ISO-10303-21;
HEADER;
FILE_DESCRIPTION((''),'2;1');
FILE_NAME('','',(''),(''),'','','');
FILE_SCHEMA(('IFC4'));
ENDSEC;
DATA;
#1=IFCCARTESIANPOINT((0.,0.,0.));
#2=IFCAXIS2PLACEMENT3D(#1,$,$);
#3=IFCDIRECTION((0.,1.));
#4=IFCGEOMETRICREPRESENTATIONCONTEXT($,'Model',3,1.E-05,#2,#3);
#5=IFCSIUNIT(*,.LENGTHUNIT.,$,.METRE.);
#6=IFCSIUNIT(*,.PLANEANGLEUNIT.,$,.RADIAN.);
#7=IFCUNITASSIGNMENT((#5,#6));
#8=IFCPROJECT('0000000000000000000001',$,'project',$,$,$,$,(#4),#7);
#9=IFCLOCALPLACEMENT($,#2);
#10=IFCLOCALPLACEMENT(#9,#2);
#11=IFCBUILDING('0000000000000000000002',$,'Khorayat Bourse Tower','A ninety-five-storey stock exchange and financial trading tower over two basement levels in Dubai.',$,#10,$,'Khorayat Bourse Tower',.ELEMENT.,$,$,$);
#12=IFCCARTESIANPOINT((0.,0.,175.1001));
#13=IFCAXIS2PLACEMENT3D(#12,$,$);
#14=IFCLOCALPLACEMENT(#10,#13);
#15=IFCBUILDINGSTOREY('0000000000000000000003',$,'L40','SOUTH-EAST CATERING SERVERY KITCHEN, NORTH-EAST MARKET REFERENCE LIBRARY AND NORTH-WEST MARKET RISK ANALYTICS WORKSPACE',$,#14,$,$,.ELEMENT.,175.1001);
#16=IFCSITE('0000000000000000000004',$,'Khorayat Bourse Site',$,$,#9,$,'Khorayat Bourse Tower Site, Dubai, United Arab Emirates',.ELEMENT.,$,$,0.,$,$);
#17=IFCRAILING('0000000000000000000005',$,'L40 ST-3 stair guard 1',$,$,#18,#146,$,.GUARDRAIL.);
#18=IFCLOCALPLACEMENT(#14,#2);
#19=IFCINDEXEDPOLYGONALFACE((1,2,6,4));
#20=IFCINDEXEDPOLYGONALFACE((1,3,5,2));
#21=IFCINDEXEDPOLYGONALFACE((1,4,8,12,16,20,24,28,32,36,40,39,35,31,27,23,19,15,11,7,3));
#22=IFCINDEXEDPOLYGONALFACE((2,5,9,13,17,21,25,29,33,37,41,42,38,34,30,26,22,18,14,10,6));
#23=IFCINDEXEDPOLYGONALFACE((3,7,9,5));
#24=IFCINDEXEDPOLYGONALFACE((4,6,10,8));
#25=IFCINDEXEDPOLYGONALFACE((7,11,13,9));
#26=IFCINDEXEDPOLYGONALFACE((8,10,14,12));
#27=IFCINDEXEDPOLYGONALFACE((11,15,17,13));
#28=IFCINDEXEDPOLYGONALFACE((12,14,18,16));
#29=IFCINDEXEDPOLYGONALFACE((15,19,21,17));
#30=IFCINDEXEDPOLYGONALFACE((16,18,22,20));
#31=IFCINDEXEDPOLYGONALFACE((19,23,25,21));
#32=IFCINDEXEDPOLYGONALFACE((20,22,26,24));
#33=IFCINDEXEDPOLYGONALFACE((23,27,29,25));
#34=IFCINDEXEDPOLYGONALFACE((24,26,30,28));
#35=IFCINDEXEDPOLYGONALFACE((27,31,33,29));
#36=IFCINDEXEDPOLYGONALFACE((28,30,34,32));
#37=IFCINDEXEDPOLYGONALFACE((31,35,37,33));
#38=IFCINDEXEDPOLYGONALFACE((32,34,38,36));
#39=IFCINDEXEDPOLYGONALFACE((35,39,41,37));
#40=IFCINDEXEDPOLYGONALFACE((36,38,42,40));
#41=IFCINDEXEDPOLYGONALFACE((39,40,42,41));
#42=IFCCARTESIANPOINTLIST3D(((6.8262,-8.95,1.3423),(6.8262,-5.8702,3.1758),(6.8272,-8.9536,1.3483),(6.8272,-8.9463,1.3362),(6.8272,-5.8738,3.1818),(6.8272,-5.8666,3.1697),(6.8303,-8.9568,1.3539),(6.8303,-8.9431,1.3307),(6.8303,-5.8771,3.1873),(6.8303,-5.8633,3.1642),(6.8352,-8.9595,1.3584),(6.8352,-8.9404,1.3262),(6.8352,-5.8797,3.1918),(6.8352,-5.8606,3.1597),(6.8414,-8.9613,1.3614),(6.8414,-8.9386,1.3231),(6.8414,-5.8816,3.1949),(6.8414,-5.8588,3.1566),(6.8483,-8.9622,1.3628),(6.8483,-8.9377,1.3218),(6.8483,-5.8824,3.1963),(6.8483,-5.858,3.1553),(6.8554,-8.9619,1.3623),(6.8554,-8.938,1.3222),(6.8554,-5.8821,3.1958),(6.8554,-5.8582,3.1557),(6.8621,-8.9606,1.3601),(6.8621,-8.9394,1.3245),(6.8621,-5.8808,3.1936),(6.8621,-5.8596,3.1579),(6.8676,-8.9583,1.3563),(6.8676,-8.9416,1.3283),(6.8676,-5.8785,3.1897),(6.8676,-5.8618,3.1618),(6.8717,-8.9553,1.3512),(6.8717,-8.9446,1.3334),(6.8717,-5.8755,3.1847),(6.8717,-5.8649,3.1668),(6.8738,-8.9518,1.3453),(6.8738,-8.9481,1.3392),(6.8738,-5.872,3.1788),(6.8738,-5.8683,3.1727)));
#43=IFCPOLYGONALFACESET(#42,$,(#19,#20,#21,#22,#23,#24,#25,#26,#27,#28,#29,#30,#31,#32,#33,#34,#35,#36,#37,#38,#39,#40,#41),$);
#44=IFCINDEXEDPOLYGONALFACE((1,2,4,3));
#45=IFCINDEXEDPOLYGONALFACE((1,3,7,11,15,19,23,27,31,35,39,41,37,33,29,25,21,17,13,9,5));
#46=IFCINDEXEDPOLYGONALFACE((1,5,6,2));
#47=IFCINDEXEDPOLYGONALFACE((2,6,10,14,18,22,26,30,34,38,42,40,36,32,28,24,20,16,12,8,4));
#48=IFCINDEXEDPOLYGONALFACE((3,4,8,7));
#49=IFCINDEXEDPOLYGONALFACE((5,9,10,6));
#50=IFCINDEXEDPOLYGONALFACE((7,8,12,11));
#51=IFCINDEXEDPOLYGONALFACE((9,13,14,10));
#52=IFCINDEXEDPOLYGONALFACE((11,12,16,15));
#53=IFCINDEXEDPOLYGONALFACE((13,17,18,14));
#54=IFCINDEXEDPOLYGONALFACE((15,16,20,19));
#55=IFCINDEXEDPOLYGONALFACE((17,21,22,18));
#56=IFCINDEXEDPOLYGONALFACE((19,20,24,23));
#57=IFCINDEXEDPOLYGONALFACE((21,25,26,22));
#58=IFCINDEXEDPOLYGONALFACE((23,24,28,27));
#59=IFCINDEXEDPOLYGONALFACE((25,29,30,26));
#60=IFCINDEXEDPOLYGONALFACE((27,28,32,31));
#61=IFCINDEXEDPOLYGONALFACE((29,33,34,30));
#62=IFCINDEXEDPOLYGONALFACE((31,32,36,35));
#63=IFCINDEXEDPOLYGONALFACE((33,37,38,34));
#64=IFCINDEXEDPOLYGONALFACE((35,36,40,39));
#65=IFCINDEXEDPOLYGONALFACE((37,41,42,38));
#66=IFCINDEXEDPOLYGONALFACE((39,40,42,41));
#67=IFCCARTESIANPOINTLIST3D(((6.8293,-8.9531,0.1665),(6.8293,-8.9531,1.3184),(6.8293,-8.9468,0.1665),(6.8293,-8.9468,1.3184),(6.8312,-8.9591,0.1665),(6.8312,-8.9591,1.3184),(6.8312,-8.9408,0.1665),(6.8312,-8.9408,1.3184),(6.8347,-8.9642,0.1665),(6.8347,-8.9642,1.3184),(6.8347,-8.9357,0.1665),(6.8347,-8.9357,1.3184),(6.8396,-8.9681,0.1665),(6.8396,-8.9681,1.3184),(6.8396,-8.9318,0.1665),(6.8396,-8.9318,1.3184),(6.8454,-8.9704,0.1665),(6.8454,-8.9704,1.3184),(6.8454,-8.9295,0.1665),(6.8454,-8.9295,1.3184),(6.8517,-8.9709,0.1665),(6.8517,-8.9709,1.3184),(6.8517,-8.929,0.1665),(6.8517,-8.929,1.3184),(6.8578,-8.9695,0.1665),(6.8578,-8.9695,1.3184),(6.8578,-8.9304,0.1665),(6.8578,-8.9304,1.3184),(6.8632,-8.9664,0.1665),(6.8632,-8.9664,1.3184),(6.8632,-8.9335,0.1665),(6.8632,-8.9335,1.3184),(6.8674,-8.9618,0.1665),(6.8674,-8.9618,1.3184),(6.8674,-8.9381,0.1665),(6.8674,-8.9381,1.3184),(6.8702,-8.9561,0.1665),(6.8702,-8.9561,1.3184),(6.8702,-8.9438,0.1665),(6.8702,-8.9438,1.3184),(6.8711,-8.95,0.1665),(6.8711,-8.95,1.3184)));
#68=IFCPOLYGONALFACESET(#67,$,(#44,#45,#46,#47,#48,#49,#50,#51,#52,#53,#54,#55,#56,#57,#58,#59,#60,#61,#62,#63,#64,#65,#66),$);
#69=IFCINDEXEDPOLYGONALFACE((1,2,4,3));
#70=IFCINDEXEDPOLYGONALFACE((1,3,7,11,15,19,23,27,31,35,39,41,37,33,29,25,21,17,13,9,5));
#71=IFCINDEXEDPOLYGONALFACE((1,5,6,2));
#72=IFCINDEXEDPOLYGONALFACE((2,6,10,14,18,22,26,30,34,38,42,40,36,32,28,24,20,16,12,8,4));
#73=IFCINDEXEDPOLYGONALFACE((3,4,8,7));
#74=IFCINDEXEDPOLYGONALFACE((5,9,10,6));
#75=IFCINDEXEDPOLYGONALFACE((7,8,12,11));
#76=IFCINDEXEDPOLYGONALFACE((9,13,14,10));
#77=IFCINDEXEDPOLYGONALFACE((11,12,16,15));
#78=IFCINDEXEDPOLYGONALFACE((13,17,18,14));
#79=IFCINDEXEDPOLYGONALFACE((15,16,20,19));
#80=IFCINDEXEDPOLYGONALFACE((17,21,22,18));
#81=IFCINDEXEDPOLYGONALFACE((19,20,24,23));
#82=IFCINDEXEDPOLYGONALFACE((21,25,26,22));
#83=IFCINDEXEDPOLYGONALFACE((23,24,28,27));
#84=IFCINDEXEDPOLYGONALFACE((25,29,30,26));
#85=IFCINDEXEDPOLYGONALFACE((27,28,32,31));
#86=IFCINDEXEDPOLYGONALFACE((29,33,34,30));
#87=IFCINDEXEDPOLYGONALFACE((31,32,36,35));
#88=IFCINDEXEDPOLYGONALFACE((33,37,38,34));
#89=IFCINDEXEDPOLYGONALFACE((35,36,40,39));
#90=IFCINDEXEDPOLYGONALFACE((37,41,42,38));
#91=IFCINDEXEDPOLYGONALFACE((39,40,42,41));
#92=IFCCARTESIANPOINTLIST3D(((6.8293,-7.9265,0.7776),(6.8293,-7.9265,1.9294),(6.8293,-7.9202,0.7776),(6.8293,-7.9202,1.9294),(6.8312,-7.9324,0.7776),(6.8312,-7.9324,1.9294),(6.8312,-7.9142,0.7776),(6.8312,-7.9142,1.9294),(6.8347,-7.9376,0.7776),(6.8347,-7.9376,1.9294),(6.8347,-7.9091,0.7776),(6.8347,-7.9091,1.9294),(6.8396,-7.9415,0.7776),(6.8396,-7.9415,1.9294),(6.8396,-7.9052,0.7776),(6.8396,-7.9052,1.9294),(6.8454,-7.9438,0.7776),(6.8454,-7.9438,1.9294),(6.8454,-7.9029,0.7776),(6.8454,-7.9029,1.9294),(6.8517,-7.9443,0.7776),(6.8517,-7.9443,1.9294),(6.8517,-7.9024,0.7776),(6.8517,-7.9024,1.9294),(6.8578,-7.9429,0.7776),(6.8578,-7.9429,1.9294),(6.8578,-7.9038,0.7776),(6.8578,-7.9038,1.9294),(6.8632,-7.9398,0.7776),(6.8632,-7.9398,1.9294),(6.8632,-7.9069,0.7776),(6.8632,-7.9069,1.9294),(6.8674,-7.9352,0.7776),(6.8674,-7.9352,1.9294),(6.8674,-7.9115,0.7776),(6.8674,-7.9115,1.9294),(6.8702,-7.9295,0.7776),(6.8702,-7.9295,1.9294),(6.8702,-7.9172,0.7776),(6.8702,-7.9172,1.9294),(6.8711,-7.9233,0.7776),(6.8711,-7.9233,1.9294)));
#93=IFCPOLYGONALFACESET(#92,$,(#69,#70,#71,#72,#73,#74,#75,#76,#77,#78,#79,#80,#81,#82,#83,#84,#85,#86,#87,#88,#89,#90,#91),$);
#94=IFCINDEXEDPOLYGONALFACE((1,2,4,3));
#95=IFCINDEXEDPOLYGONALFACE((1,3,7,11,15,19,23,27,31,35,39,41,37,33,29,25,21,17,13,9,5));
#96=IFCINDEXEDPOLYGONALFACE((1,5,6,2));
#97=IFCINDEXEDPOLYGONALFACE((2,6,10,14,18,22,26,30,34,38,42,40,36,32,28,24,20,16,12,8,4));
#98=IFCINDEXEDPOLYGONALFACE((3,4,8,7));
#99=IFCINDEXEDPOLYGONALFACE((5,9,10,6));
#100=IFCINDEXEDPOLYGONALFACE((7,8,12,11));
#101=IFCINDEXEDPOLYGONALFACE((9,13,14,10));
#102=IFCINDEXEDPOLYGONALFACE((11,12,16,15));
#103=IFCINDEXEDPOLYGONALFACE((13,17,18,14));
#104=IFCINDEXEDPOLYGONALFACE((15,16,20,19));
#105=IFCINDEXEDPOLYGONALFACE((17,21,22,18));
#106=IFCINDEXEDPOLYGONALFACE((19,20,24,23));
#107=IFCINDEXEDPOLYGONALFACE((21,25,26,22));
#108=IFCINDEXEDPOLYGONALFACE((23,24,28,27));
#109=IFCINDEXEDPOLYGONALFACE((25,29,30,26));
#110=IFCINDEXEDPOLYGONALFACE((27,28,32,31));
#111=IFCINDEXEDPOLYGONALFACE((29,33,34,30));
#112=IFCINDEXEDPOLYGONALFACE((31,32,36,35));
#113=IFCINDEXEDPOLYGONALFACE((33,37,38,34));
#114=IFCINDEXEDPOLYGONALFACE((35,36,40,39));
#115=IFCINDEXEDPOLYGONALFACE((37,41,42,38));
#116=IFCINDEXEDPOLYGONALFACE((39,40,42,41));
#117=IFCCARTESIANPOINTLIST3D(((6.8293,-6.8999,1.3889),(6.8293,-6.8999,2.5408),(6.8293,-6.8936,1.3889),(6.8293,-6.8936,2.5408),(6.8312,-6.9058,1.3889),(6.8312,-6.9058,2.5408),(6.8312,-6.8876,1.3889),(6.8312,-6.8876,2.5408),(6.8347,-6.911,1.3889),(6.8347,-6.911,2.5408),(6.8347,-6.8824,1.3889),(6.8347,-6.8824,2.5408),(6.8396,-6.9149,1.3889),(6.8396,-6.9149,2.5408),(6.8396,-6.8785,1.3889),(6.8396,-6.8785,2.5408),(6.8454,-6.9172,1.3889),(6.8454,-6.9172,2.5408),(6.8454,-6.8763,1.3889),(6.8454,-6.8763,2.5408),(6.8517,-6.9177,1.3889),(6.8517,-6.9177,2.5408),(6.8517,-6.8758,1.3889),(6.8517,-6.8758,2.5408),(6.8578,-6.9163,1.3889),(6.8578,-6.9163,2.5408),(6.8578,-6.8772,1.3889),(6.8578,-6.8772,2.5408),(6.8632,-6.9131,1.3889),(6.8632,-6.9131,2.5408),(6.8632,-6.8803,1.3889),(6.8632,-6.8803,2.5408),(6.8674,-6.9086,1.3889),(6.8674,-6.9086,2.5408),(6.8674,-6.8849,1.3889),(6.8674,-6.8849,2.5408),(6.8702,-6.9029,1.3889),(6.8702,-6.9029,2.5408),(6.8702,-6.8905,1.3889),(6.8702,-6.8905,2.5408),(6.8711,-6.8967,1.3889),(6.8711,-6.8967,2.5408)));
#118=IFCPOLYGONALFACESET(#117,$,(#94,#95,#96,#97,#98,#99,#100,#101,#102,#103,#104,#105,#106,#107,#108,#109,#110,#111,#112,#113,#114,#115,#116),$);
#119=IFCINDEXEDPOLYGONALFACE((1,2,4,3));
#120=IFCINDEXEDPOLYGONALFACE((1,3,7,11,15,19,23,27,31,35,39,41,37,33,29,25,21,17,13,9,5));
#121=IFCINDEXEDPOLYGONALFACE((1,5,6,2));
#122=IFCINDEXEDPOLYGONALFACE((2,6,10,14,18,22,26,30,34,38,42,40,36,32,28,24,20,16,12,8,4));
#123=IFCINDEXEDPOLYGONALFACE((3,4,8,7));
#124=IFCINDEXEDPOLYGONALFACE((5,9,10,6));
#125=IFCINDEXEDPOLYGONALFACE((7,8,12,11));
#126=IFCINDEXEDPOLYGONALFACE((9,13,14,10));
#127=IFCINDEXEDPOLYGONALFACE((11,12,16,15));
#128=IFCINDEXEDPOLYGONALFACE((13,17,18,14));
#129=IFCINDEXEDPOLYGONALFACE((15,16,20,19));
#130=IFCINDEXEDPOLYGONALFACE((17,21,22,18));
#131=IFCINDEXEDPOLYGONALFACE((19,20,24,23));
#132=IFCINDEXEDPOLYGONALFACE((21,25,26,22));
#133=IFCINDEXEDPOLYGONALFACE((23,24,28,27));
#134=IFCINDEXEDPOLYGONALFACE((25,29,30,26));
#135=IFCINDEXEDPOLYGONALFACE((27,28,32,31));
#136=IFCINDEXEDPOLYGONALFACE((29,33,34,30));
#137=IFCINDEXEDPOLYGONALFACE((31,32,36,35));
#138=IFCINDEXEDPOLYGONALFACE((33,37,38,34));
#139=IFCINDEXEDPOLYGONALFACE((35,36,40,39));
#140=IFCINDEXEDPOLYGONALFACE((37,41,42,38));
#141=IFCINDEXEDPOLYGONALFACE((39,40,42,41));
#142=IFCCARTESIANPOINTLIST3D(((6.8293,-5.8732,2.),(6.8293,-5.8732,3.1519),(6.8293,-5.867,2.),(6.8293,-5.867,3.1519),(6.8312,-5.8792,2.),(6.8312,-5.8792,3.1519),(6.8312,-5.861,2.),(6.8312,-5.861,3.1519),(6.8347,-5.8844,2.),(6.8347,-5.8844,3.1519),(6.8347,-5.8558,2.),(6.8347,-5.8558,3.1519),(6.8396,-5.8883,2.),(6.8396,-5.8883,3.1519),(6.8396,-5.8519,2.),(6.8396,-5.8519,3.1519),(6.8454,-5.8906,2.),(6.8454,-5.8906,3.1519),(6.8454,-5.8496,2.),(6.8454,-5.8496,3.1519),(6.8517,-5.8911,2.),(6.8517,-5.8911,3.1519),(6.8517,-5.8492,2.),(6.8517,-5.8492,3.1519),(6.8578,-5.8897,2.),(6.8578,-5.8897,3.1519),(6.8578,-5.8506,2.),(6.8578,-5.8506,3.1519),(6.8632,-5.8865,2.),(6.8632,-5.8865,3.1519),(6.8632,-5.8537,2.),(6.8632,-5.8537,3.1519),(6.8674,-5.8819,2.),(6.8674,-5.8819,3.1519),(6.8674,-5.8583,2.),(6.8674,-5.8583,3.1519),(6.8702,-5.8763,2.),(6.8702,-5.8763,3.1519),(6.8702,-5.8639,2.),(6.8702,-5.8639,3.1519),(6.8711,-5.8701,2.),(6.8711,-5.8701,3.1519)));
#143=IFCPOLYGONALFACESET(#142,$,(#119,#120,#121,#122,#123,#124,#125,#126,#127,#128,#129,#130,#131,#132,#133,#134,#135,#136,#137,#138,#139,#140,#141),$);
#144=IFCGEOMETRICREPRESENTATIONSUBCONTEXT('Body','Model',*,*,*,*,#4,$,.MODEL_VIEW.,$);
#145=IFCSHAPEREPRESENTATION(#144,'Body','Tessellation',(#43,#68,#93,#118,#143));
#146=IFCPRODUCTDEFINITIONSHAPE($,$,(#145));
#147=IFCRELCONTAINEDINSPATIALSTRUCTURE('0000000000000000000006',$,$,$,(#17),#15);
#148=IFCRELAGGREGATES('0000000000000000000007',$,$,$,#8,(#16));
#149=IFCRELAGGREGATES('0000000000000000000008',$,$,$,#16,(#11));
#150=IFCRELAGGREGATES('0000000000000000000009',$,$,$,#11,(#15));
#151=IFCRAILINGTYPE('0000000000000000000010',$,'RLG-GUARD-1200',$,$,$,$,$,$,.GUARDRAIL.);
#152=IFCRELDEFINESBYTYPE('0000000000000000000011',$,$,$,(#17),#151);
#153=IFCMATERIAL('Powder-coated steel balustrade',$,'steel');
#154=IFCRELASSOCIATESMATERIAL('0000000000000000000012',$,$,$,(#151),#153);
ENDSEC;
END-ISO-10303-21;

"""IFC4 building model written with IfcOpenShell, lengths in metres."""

from ifc_helpers import new_model, si_unit, direction, frame, origin, origin_2d, place, context, subcontext, project, spatial, circle, extrude, source, transform, mapped, material, type_object, element, save


model = new_model("IFC4")

# Units and contexts
model_context = context("Model", 3, precision=1e-05, world=origin(), true_north=direction((0.0, 1.0)))
body_context = subcontext(model_context, "Body", "Model", "MODEL_VIEW")
ifc_project = project(units=[si_unit("LENGTHUNIT", "METRE"), si_unit("PLANEANGLEUNIT", "RADIAN")], contexts=[model_context])

# Site, building, storey
site_placement = place(None, origin())
site = spatial("IfcSite", under=ifc_project, at=site_placement, Name="Khorayat Bourse Site", LongName="Khorayat Bourse Tower Site, Dubai, United Arab Emirates", CompositionType="ELEMENT", RefElevation=0.0)
building_placement = place(site_placement, origin())
building = spatial("IfcBuilding", under=site, at=building_placement, Name="Khorayat Bourse Tower", Description="A ninety-five-storey stock exchange and financial trading tower over two basement levels in Dubai.", LongName="Khorayat Bourse Tower", CompositionType="ELEMENT")
storey_placement = place(building_placement, frame((0.0, 0.0, 175.1001)))
storey = spatial("IfcBuildingStorey", under=building, at=storey_placement, Name="L40", Description="SOUTH-EAST CATERING SERVERY KITCHEN, NORTH-EAST MARKET REFERENCE LIBRARY AND NORTH-WEST MARKET RISK ANALYTICS WORKSPACE", CompositionType="ELEMENT", Elevation=175.1001)

# Railing
ifc_material_1 = material(Name="Powder-coated steel balustrade", Category="steel")
railing_type_1 = type_object("IfcRailingType", Name="RLG-GUARD-1200", PredefinedType="GUARDRAIL", material=ifc_material_1)
shared_shape_1 = source(origin(), body_context, "Body", "SweptSolid", [
    extrude(circle(Radius=0.0239, at=origin_2d()), frame((0.0, 0.0, 1.1758), z_axis=(0.0, 0.859261, 0.511538), x_axis=(-1.0, 0.0, 0.0)), (0.0, 0.0, 1.0), 3.5842),
    extrude(circle(Radius=0.021, at=origin_2d()), origin(), (0.0, 0.0, 1.0), 1.1519),
    extrude(circle(Radius=0.021, at=origin_2d()), frame((0.0, 1.0266, 0.6111)), (0.0, 0.0, 1.0), 1.1519),
    extrude(circle(Radius=0.021, at=origin_2d()), frame((0.0, 2.0532, 1.2224)), (0.0, 0.0, 1.0), 1.1519),
    extrude(circle(Radius=0.021, at=origin_2d()), frame((0.0, 3.0798, 1.8335)), (0.0, 0.0, 1.0), 1.1519),
])
railing_1_placement = place(storey_placement, frame((6.8501, -8.95, 0.1665)))
element("IfcRailing", 1, at=railing_1_placement, inside=storey, type_object=railing_type_1, Name="L40 ST-3 stair guard 1", PredefinedType="GUARDRAIL", context=body_context, shape_type="MappedRepresentation", body=[
    mapped(shared_shape_1, transform((0.0, 0.0, 0.0), scale=1.0)),
])

save(model, "model.ifc")
